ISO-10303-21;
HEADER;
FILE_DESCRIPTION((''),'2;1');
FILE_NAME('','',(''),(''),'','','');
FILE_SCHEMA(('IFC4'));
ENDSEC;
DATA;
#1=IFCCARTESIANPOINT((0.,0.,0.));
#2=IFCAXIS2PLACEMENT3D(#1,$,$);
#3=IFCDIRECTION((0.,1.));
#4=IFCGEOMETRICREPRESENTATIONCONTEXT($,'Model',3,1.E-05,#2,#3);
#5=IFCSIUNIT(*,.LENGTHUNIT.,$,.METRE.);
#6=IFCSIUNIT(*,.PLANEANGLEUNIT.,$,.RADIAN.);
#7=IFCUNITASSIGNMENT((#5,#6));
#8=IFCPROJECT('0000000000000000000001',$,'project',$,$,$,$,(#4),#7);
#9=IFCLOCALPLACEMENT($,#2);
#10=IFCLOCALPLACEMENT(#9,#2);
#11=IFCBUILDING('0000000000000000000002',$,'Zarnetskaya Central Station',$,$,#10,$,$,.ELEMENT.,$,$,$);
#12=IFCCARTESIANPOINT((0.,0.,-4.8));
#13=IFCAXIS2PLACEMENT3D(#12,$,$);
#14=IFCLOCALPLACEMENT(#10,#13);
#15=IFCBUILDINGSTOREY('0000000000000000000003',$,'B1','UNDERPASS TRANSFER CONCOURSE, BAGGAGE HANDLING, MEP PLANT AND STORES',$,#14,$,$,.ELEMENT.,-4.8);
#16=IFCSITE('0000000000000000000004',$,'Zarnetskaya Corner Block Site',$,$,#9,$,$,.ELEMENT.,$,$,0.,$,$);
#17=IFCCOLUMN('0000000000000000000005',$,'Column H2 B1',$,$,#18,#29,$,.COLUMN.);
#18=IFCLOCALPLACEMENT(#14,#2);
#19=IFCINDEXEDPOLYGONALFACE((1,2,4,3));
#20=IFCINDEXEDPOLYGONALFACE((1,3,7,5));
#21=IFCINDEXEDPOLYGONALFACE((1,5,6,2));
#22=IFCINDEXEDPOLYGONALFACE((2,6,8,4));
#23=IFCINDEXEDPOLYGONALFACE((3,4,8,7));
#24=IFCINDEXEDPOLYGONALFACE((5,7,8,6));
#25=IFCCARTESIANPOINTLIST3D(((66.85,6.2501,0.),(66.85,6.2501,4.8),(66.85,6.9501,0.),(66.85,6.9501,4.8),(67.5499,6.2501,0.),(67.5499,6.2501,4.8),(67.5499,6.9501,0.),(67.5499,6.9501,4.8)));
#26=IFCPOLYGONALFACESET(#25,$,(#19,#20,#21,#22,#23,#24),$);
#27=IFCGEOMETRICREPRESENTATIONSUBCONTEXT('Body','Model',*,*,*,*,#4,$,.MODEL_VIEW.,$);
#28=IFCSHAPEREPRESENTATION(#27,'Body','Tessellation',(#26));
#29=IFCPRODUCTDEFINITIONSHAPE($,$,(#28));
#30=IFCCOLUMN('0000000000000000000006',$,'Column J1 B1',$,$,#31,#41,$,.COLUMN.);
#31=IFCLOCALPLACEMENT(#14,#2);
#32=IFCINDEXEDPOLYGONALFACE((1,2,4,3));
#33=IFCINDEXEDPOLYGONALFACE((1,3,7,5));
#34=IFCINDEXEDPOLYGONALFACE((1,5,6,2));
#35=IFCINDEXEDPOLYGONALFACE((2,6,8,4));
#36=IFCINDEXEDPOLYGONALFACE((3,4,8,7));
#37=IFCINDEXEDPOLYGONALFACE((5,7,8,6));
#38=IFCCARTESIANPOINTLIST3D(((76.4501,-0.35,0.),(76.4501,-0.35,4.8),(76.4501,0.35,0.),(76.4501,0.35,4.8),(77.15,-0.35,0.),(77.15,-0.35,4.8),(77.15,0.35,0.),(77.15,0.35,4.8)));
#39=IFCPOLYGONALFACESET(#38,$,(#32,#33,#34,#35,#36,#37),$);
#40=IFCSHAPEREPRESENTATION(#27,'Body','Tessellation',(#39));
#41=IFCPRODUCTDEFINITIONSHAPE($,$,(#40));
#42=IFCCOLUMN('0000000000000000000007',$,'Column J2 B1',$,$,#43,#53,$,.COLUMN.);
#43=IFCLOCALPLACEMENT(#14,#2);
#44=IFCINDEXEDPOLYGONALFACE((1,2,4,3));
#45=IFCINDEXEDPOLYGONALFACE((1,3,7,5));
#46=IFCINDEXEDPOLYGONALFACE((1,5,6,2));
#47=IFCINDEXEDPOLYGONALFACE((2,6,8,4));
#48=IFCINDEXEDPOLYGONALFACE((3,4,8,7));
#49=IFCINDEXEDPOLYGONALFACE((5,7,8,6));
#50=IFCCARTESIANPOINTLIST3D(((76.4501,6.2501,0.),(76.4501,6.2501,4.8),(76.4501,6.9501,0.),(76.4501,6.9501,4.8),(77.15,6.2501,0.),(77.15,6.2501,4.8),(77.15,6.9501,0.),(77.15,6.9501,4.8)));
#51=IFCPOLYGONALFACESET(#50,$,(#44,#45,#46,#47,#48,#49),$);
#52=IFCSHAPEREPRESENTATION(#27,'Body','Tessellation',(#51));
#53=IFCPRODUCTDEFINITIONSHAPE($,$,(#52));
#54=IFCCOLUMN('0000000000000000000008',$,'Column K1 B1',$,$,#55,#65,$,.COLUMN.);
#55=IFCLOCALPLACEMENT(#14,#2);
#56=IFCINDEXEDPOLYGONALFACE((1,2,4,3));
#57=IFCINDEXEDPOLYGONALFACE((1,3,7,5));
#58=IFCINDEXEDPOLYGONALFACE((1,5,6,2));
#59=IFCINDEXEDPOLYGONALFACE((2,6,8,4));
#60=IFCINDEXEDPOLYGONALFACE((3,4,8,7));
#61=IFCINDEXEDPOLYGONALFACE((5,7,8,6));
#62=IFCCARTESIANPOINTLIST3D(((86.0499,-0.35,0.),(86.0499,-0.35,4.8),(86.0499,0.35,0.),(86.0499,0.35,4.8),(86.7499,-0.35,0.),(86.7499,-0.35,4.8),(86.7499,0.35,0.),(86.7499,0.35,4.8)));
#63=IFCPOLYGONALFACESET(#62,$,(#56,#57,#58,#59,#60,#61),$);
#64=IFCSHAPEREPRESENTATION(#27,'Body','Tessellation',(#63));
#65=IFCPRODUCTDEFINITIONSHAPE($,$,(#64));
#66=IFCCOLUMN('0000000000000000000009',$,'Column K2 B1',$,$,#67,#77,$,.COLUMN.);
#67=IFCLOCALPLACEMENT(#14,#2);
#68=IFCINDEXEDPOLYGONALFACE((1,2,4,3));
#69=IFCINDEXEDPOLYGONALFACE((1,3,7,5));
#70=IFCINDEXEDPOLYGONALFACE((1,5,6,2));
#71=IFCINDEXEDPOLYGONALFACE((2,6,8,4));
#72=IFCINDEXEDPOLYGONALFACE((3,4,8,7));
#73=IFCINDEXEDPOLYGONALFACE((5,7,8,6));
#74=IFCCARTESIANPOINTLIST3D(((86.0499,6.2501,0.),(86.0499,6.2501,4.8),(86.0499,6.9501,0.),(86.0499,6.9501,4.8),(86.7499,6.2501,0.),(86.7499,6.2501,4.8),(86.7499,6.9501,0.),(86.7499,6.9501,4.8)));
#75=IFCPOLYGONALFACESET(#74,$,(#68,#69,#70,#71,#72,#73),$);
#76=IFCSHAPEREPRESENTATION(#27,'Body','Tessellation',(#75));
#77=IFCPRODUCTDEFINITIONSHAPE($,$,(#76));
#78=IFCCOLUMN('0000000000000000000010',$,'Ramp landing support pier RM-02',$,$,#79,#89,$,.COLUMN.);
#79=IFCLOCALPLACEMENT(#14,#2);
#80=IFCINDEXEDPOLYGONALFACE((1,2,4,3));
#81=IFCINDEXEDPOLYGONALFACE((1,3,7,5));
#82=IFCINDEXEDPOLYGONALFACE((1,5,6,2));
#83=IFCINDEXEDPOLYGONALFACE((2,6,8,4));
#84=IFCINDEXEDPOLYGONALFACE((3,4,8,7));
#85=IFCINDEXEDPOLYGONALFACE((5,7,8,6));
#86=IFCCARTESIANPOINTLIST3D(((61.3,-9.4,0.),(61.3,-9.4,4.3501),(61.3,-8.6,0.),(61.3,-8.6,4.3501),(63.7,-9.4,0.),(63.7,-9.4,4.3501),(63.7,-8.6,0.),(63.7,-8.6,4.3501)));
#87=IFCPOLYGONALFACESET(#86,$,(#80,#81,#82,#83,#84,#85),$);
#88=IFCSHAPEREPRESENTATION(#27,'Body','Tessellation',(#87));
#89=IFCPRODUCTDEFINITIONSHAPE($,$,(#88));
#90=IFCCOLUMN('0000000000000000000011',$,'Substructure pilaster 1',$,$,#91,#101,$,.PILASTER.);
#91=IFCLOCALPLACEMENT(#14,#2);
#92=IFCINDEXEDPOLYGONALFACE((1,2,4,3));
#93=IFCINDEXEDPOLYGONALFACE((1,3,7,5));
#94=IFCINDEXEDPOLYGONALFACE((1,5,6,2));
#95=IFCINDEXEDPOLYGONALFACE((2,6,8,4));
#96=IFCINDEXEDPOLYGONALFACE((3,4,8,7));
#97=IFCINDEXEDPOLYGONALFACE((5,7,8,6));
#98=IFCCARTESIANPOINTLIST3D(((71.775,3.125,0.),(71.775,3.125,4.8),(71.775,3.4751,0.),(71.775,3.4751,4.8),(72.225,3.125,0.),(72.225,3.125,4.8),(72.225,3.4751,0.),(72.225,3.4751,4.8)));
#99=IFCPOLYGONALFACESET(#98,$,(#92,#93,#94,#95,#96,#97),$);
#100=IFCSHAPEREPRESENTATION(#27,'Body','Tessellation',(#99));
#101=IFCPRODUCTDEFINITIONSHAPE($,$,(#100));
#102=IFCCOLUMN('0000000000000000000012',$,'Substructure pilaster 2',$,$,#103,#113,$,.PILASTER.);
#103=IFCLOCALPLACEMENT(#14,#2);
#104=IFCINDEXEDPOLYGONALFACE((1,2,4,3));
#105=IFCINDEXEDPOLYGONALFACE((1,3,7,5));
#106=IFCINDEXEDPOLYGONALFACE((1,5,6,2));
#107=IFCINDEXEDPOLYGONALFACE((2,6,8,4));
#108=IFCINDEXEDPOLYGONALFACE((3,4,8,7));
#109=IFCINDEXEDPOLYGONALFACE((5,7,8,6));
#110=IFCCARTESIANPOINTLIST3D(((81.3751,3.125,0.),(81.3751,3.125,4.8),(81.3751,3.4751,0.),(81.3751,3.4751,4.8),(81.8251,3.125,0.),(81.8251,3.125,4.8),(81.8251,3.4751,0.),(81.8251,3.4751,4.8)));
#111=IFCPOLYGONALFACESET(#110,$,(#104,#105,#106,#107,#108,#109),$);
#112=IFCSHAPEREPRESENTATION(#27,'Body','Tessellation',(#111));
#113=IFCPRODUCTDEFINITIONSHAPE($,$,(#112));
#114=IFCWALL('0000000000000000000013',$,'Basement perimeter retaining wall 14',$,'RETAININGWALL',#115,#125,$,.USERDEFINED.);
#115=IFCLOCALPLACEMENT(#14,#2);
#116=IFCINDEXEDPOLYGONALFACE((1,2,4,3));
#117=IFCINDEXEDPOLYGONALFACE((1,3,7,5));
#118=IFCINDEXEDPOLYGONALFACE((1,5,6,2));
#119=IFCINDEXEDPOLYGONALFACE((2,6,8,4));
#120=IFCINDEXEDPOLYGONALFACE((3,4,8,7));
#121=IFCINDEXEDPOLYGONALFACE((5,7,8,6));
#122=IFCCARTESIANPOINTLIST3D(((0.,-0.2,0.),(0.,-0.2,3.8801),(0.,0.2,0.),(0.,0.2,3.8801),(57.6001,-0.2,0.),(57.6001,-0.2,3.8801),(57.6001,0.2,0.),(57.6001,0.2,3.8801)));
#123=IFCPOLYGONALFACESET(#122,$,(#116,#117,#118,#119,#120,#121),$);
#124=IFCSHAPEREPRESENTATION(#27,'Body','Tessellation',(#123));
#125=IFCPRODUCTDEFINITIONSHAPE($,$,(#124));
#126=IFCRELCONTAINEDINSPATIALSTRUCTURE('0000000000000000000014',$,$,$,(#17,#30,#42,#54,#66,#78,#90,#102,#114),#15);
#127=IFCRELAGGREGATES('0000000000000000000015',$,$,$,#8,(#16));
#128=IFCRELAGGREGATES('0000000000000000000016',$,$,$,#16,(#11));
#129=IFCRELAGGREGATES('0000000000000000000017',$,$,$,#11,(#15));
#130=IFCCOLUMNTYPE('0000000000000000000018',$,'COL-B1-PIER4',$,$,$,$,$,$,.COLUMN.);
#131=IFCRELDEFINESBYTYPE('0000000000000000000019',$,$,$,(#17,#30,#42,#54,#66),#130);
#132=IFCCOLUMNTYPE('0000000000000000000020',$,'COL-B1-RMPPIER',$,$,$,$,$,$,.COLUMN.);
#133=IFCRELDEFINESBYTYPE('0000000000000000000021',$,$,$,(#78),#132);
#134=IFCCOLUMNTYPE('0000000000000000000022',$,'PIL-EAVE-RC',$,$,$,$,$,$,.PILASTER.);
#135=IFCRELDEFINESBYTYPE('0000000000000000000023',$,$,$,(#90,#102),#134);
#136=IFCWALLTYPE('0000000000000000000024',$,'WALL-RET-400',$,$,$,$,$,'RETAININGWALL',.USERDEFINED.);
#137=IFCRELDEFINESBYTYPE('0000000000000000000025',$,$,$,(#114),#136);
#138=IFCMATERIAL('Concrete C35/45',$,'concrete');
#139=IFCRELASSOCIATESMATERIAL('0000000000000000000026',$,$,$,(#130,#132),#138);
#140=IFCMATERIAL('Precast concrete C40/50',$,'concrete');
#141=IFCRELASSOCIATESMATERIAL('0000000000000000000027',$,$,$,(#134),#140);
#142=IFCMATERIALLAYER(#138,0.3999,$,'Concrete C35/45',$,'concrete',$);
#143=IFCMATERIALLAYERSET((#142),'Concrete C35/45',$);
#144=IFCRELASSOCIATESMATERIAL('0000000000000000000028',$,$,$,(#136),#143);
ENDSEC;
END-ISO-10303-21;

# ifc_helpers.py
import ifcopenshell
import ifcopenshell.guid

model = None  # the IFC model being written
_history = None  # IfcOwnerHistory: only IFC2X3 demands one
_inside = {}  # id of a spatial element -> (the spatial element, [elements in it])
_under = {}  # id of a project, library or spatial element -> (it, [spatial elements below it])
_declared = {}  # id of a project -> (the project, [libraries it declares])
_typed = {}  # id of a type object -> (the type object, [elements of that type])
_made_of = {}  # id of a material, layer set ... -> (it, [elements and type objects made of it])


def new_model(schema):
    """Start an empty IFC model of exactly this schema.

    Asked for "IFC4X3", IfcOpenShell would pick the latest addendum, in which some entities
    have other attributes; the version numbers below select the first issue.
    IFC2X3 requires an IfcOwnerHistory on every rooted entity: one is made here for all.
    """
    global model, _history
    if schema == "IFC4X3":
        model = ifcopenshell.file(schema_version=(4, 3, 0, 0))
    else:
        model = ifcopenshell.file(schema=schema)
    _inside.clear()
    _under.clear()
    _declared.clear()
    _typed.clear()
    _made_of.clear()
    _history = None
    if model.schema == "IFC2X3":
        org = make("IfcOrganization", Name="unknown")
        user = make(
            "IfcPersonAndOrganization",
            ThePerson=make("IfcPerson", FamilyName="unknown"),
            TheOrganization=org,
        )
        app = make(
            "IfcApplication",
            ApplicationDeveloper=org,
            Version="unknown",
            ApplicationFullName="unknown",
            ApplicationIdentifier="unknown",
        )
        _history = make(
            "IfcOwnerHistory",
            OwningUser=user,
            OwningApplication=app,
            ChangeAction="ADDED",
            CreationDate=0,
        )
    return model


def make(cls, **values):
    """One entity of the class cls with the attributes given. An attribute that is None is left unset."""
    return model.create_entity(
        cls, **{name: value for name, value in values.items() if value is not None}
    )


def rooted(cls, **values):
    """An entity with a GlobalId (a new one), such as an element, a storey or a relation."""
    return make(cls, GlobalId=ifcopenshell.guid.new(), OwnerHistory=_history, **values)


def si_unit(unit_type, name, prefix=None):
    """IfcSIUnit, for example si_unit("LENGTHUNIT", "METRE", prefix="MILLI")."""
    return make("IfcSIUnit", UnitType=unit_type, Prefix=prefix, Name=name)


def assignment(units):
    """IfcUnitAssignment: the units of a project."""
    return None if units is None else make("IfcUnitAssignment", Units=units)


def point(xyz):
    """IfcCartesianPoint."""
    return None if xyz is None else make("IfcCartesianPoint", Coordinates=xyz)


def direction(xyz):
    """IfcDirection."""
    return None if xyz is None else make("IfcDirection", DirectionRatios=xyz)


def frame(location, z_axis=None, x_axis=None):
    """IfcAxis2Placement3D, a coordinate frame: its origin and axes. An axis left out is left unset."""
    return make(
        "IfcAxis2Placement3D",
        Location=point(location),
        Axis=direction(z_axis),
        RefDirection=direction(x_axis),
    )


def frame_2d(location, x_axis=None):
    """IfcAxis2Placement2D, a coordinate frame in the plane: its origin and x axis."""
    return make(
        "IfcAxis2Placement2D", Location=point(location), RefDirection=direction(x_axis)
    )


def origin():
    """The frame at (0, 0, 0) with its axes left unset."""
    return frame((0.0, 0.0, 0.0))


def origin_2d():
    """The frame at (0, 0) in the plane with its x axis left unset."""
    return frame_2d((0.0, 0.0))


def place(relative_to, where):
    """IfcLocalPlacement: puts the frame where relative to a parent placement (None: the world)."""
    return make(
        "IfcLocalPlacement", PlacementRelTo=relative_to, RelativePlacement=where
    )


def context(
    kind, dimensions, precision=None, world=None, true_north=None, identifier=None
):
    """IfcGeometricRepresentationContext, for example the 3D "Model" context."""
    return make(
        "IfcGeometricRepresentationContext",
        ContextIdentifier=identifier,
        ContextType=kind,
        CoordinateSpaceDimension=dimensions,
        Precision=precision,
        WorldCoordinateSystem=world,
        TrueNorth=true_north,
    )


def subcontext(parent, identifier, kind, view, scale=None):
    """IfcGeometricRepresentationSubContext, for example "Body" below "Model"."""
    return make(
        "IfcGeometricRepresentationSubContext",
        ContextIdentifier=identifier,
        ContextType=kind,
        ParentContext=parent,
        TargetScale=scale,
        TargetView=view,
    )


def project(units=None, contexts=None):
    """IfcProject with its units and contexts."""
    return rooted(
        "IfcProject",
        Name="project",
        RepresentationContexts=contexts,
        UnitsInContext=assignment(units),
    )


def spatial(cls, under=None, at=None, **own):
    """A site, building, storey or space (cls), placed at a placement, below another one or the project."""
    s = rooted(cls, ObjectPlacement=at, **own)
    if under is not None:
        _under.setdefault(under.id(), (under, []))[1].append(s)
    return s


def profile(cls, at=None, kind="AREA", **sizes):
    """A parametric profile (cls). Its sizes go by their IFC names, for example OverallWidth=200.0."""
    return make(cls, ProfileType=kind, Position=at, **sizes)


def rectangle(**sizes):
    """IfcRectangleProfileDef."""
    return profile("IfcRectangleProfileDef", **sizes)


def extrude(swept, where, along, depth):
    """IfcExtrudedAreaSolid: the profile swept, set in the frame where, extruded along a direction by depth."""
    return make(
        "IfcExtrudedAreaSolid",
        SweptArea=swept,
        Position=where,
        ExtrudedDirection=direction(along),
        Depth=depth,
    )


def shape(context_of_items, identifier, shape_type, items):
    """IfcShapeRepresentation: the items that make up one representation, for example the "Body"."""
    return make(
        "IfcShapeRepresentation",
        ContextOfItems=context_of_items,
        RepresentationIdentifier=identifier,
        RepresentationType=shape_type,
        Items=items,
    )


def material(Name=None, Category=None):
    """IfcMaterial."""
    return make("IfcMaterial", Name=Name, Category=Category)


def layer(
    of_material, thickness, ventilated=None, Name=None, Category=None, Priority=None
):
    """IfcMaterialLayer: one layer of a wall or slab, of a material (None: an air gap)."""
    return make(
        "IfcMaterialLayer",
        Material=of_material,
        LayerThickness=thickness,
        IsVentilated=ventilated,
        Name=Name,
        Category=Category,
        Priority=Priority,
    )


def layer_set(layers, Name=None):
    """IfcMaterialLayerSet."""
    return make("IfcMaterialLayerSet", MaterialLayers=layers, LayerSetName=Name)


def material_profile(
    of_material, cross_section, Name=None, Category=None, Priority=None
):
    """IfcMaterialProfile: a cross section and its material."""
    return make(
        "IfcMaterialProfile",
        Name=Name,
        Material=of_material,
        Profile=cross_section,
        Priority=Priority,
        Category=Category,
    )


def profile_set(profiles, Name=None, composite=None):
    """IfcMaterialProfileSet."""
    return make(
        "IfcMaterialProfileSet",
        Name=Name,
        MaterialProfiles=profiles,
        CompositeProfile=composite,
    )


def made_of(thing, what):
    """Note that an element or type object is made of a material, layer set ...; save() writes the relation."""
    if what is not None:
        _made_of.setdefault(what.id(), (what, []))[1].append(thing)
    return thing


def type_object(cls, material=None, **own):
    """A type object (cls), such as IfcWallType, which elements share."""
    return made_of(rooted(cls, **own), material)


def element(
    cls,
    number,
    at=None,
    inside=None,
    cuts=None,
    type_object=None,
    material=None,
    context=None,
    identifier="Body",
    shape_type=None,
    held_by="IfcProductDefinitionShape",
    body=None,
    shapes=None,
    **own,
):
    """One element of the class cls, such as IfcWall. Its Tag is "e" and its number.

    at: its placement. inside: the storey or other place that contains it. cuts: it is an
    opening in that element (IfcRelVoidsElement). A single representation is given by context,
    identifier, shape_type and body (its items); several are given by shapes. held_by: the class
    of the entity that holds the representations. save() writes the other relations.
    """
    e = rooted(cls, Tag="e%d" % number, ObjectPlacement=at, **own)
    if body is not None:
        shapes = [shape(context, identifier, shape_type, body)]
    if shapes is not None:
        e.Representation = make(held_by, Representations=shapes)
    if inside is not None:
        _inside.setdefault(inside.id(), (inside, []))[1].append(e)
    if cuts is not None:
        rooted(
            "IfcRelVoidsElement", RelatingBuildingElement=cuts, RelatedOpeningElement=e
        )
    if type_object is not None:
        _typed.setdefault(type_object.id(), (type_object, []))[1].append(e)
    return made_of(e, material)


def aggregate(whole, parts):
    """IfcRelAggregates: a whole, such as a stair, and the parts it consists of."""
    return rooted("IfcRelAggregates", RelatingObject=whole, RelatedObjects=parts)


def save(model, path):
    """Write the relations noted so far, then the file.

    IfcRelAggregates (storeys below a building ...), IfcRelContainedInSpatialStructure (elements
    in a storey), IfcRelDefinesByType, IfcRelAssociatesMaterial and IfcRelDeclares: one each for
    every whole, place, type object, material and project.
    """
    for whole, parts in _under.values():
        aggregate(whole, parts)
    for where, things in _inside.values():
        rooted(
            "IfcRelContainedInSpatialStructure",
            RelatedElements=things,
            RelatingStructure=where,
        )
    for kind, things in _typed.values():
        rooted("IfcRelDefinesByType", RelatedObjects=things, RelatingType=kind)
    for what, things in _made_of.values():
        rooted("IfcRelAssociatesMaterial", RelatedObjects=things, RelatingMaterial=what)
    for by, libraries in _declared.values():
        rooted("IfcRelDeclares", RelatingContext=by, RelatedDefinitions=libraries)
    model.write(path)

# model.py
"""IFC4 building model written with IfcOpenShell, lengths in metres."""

from ifc_helpers import new_model, si_unit, direction, frame, frame_2d, origin, origin_2d, place, context, subcontext, project, spatial, rectangle, extrude, material, layer, layer_set, material_profile, profile_set, type_object, element, save


model = new_model("IFC4")

# Units and contexts
model_context = context("Model", 3, precision=1e-05, world=origin(), true_north=direction((0.0, 1.0)))
body_context = subcontext(model_context, "Body", "Model", "MODEL_VIEW")
ifc_project = project(units=[si_unit("LENGTHUNIT", "METRE"), si_unit("PLANEANGLEUNIT", "RADIAN")], contexts=[model_context])

# Site, building, storey
site_placement = place(None, origin())
site = spatial("IfcSite", under=ifc_project, at=site_placement, Name="Zarnetskaya Corner Block Site", CompositionType="ELEMENT", RefElevation=0.0)
building_placement = place(site_placement, origin())
building = spatial("IfcBuilding", under=site, at=building_placement, Name="Zarnetskaya Central Station", CompositionType="ELEMENT")
storey_placement = place(building_placement, frame((0.0, 0.0, -4.8)))
storey = spatial("IfcBuildingStorey", under=building, at=storey_placement, Name="B1", Description="UNDERPASS TRANSFER CONCOURSE, BAGGAGE HANDLING, MEP PLANT AND STORES", CompositionType="ELEMENT", Elevation=-4.8)

# Shared definitions
ifc_material_1 = material(Name="Concrete C35/45", Category="concrete")

# Columns
ifc_material_profile_1 = material_profile(ifc_material_1, rectangle(XDim=0.7, YDim=0.7, at=origin_2d()), Name="RC 700x700")
ifc_profile_set_1 = profile_set([ifc_material_profile_1], Name="Concrete C35/45")
column_type_1 = type_object("IfcColumnType", Name="COL-B1-PIER4", PredefinedType="COLUMN", material=ifc_profile_set_1)
for number, where, z_axis, x_axis, name in (
    (1, (67.2, 6.6001, 0.0), (0.0, 0.0, 1.0), (1.0, 0.0, 0.0), "Column H2 B1"),
    (2, (76.8, 0.0, 0.0), (0.0, 0.0, 1.0), (1.0, 0.0, 0.0), "Column J1 B1"),
    (3, (76.8, 6.6001, 0.0), (0.0, 0.0, 1.0), (1.0, 0.0, 0.0), "Column J2 B1"),
    (4, (86.3999, 0.0, 0.0), (0.0, 0.0, 1.0), (1.0, 0.0, 0.0), "Column K1 B1"),
    (5, (86.3999, 6.6001, 0.0), (0.0, 0.0, 1.0), (1.0, 0.0, 0.0), "Column K2 B1"),
):
    element("IfcColumn", number, at=place(storey_placement, frame(where, z_axis=z_axis, x_axis=x_axis)), inside=storey, type_object=column_type_1, Name=name, PredefinedType="COLUMN", context=body_context, shape_type="SweptSolid", body=[
        extrude(rectangle(XDim=0.7, YDim=0.7, at=origin_2d()), origin(), (0.0, 0.0, 1.0), 4.8),
    ])
ifc_material_profile_2 = material_profile(ifc_material_1, rectangle(XDim=2.3999, YDim=0.8, at=origin_2d()), Name="RC PIER 2400x800")
ifc_profile_set_2 = profile_set([ifc_material_profile_2], Name="Concrete C35/45")
column_type_2 = type_object("IfcColumnType", Name="COL-B1-RMPPIER", PredefinedType="COLUMN", material=ifc_profile_set_2)
column_1_placement = place(storey_placement, frame((62.5, -9.0, 0.0), z_axis=(0.0, 0.0, 1.0), x_axis=(1.0, 0.0, 0.0)))
element("IfcColumn", 6, at=column_1_placement, inside=storey, type_object=column_type_2, Name="Ramp landing support pier RM-02", PredefinedType="COLUMN", context=body_context, shape_type="SweptSolid", body=[
    extrude(rectangle(XDim=2.3999, YDim=0.8, at=origin_2d()), origin(), (0.0, 0.0, 1.0), 4.3501),
])
ifc_material_2 = material(Name="Precast concrete C40/50", Category="concrete")
ifc_material_profile_3 = material_profile(ifc_material_2, rectangle(XDim=0.45, YDim=0.3501, at=origin_2d()), Name="RC PILASTER 450x350")
ifc_profile_set_3 = profile_set([ifc_material_profile_3], Name="Precast concrete C40/50")
column_type_3 = type_object("IfcColumnType", Name="PIL-EAVE-RC", PredefinedType="PILASTER", material=ifc_profile_set_3)
for number, where, z_axis, x_axis, name in (
    (7, (72.0, 3.3, 0.0), (0.0, 0.0, 1.0), (1.0, 0.0, 0.0), "Substructure pilaster 1"),
    (8, (81.6001, 3.3, 0.0), (0.0, 0.0, 1.0), (1.0, 0.0, 0.0), "Substructure pilaster 2"),
):
    element("IfcColumn", number, at=place(storey_placement, frame(where, z_axis=z_axis, x_axis=x_axis)), inside=storey, type_object=column_type_3, Name=name, PredefinedType="PILASTER", context=body_context, shape_type="SweptSolid", body=[
        extrude(rectangle(XDim=0.45, YDim=0.3501, at=origin_2d()), origin(), (0.0, 0.0, 1.0), 4.8),
    ])

# Wall
ifc_layer = layer(ifc_material_1, 0.3999, Name="Concrete C35/45", Category="concrete")
ifc_layer_set = layer_set([ifc_layer], Name="Concrete C35/45")
wall_type = type_object("IfcWallType", Name="WALL-RET-400", ElementType="RETAININGWALL", PredefinedType="USERDEFINED", material=ifc_layer_set)
wall_placement = place(storey_placement, frame((57.6001, 0.0, 0.0), z_axis=(0.0, 0.0, 1.0), x_axis=(-1.0, 0.0, 0.0)))
element("IfcWall", 9, at=wall_placement, inside=storey, type_object=wall_type, Name="Basement perimeter retaining wall 14", ObjectType="RETAININGWALL", PredefinedType="USERDEFINED", context=body_context, shape_type="SweptSolid", body=[
    extrude(rectangle(XDim=57.6001, YDim=0.3999, at=frame_2d((28.8, 0.0))), origin(), (0.0, 0.0, 1.0), 3.8801),
])

save(model, "model.ifc")
